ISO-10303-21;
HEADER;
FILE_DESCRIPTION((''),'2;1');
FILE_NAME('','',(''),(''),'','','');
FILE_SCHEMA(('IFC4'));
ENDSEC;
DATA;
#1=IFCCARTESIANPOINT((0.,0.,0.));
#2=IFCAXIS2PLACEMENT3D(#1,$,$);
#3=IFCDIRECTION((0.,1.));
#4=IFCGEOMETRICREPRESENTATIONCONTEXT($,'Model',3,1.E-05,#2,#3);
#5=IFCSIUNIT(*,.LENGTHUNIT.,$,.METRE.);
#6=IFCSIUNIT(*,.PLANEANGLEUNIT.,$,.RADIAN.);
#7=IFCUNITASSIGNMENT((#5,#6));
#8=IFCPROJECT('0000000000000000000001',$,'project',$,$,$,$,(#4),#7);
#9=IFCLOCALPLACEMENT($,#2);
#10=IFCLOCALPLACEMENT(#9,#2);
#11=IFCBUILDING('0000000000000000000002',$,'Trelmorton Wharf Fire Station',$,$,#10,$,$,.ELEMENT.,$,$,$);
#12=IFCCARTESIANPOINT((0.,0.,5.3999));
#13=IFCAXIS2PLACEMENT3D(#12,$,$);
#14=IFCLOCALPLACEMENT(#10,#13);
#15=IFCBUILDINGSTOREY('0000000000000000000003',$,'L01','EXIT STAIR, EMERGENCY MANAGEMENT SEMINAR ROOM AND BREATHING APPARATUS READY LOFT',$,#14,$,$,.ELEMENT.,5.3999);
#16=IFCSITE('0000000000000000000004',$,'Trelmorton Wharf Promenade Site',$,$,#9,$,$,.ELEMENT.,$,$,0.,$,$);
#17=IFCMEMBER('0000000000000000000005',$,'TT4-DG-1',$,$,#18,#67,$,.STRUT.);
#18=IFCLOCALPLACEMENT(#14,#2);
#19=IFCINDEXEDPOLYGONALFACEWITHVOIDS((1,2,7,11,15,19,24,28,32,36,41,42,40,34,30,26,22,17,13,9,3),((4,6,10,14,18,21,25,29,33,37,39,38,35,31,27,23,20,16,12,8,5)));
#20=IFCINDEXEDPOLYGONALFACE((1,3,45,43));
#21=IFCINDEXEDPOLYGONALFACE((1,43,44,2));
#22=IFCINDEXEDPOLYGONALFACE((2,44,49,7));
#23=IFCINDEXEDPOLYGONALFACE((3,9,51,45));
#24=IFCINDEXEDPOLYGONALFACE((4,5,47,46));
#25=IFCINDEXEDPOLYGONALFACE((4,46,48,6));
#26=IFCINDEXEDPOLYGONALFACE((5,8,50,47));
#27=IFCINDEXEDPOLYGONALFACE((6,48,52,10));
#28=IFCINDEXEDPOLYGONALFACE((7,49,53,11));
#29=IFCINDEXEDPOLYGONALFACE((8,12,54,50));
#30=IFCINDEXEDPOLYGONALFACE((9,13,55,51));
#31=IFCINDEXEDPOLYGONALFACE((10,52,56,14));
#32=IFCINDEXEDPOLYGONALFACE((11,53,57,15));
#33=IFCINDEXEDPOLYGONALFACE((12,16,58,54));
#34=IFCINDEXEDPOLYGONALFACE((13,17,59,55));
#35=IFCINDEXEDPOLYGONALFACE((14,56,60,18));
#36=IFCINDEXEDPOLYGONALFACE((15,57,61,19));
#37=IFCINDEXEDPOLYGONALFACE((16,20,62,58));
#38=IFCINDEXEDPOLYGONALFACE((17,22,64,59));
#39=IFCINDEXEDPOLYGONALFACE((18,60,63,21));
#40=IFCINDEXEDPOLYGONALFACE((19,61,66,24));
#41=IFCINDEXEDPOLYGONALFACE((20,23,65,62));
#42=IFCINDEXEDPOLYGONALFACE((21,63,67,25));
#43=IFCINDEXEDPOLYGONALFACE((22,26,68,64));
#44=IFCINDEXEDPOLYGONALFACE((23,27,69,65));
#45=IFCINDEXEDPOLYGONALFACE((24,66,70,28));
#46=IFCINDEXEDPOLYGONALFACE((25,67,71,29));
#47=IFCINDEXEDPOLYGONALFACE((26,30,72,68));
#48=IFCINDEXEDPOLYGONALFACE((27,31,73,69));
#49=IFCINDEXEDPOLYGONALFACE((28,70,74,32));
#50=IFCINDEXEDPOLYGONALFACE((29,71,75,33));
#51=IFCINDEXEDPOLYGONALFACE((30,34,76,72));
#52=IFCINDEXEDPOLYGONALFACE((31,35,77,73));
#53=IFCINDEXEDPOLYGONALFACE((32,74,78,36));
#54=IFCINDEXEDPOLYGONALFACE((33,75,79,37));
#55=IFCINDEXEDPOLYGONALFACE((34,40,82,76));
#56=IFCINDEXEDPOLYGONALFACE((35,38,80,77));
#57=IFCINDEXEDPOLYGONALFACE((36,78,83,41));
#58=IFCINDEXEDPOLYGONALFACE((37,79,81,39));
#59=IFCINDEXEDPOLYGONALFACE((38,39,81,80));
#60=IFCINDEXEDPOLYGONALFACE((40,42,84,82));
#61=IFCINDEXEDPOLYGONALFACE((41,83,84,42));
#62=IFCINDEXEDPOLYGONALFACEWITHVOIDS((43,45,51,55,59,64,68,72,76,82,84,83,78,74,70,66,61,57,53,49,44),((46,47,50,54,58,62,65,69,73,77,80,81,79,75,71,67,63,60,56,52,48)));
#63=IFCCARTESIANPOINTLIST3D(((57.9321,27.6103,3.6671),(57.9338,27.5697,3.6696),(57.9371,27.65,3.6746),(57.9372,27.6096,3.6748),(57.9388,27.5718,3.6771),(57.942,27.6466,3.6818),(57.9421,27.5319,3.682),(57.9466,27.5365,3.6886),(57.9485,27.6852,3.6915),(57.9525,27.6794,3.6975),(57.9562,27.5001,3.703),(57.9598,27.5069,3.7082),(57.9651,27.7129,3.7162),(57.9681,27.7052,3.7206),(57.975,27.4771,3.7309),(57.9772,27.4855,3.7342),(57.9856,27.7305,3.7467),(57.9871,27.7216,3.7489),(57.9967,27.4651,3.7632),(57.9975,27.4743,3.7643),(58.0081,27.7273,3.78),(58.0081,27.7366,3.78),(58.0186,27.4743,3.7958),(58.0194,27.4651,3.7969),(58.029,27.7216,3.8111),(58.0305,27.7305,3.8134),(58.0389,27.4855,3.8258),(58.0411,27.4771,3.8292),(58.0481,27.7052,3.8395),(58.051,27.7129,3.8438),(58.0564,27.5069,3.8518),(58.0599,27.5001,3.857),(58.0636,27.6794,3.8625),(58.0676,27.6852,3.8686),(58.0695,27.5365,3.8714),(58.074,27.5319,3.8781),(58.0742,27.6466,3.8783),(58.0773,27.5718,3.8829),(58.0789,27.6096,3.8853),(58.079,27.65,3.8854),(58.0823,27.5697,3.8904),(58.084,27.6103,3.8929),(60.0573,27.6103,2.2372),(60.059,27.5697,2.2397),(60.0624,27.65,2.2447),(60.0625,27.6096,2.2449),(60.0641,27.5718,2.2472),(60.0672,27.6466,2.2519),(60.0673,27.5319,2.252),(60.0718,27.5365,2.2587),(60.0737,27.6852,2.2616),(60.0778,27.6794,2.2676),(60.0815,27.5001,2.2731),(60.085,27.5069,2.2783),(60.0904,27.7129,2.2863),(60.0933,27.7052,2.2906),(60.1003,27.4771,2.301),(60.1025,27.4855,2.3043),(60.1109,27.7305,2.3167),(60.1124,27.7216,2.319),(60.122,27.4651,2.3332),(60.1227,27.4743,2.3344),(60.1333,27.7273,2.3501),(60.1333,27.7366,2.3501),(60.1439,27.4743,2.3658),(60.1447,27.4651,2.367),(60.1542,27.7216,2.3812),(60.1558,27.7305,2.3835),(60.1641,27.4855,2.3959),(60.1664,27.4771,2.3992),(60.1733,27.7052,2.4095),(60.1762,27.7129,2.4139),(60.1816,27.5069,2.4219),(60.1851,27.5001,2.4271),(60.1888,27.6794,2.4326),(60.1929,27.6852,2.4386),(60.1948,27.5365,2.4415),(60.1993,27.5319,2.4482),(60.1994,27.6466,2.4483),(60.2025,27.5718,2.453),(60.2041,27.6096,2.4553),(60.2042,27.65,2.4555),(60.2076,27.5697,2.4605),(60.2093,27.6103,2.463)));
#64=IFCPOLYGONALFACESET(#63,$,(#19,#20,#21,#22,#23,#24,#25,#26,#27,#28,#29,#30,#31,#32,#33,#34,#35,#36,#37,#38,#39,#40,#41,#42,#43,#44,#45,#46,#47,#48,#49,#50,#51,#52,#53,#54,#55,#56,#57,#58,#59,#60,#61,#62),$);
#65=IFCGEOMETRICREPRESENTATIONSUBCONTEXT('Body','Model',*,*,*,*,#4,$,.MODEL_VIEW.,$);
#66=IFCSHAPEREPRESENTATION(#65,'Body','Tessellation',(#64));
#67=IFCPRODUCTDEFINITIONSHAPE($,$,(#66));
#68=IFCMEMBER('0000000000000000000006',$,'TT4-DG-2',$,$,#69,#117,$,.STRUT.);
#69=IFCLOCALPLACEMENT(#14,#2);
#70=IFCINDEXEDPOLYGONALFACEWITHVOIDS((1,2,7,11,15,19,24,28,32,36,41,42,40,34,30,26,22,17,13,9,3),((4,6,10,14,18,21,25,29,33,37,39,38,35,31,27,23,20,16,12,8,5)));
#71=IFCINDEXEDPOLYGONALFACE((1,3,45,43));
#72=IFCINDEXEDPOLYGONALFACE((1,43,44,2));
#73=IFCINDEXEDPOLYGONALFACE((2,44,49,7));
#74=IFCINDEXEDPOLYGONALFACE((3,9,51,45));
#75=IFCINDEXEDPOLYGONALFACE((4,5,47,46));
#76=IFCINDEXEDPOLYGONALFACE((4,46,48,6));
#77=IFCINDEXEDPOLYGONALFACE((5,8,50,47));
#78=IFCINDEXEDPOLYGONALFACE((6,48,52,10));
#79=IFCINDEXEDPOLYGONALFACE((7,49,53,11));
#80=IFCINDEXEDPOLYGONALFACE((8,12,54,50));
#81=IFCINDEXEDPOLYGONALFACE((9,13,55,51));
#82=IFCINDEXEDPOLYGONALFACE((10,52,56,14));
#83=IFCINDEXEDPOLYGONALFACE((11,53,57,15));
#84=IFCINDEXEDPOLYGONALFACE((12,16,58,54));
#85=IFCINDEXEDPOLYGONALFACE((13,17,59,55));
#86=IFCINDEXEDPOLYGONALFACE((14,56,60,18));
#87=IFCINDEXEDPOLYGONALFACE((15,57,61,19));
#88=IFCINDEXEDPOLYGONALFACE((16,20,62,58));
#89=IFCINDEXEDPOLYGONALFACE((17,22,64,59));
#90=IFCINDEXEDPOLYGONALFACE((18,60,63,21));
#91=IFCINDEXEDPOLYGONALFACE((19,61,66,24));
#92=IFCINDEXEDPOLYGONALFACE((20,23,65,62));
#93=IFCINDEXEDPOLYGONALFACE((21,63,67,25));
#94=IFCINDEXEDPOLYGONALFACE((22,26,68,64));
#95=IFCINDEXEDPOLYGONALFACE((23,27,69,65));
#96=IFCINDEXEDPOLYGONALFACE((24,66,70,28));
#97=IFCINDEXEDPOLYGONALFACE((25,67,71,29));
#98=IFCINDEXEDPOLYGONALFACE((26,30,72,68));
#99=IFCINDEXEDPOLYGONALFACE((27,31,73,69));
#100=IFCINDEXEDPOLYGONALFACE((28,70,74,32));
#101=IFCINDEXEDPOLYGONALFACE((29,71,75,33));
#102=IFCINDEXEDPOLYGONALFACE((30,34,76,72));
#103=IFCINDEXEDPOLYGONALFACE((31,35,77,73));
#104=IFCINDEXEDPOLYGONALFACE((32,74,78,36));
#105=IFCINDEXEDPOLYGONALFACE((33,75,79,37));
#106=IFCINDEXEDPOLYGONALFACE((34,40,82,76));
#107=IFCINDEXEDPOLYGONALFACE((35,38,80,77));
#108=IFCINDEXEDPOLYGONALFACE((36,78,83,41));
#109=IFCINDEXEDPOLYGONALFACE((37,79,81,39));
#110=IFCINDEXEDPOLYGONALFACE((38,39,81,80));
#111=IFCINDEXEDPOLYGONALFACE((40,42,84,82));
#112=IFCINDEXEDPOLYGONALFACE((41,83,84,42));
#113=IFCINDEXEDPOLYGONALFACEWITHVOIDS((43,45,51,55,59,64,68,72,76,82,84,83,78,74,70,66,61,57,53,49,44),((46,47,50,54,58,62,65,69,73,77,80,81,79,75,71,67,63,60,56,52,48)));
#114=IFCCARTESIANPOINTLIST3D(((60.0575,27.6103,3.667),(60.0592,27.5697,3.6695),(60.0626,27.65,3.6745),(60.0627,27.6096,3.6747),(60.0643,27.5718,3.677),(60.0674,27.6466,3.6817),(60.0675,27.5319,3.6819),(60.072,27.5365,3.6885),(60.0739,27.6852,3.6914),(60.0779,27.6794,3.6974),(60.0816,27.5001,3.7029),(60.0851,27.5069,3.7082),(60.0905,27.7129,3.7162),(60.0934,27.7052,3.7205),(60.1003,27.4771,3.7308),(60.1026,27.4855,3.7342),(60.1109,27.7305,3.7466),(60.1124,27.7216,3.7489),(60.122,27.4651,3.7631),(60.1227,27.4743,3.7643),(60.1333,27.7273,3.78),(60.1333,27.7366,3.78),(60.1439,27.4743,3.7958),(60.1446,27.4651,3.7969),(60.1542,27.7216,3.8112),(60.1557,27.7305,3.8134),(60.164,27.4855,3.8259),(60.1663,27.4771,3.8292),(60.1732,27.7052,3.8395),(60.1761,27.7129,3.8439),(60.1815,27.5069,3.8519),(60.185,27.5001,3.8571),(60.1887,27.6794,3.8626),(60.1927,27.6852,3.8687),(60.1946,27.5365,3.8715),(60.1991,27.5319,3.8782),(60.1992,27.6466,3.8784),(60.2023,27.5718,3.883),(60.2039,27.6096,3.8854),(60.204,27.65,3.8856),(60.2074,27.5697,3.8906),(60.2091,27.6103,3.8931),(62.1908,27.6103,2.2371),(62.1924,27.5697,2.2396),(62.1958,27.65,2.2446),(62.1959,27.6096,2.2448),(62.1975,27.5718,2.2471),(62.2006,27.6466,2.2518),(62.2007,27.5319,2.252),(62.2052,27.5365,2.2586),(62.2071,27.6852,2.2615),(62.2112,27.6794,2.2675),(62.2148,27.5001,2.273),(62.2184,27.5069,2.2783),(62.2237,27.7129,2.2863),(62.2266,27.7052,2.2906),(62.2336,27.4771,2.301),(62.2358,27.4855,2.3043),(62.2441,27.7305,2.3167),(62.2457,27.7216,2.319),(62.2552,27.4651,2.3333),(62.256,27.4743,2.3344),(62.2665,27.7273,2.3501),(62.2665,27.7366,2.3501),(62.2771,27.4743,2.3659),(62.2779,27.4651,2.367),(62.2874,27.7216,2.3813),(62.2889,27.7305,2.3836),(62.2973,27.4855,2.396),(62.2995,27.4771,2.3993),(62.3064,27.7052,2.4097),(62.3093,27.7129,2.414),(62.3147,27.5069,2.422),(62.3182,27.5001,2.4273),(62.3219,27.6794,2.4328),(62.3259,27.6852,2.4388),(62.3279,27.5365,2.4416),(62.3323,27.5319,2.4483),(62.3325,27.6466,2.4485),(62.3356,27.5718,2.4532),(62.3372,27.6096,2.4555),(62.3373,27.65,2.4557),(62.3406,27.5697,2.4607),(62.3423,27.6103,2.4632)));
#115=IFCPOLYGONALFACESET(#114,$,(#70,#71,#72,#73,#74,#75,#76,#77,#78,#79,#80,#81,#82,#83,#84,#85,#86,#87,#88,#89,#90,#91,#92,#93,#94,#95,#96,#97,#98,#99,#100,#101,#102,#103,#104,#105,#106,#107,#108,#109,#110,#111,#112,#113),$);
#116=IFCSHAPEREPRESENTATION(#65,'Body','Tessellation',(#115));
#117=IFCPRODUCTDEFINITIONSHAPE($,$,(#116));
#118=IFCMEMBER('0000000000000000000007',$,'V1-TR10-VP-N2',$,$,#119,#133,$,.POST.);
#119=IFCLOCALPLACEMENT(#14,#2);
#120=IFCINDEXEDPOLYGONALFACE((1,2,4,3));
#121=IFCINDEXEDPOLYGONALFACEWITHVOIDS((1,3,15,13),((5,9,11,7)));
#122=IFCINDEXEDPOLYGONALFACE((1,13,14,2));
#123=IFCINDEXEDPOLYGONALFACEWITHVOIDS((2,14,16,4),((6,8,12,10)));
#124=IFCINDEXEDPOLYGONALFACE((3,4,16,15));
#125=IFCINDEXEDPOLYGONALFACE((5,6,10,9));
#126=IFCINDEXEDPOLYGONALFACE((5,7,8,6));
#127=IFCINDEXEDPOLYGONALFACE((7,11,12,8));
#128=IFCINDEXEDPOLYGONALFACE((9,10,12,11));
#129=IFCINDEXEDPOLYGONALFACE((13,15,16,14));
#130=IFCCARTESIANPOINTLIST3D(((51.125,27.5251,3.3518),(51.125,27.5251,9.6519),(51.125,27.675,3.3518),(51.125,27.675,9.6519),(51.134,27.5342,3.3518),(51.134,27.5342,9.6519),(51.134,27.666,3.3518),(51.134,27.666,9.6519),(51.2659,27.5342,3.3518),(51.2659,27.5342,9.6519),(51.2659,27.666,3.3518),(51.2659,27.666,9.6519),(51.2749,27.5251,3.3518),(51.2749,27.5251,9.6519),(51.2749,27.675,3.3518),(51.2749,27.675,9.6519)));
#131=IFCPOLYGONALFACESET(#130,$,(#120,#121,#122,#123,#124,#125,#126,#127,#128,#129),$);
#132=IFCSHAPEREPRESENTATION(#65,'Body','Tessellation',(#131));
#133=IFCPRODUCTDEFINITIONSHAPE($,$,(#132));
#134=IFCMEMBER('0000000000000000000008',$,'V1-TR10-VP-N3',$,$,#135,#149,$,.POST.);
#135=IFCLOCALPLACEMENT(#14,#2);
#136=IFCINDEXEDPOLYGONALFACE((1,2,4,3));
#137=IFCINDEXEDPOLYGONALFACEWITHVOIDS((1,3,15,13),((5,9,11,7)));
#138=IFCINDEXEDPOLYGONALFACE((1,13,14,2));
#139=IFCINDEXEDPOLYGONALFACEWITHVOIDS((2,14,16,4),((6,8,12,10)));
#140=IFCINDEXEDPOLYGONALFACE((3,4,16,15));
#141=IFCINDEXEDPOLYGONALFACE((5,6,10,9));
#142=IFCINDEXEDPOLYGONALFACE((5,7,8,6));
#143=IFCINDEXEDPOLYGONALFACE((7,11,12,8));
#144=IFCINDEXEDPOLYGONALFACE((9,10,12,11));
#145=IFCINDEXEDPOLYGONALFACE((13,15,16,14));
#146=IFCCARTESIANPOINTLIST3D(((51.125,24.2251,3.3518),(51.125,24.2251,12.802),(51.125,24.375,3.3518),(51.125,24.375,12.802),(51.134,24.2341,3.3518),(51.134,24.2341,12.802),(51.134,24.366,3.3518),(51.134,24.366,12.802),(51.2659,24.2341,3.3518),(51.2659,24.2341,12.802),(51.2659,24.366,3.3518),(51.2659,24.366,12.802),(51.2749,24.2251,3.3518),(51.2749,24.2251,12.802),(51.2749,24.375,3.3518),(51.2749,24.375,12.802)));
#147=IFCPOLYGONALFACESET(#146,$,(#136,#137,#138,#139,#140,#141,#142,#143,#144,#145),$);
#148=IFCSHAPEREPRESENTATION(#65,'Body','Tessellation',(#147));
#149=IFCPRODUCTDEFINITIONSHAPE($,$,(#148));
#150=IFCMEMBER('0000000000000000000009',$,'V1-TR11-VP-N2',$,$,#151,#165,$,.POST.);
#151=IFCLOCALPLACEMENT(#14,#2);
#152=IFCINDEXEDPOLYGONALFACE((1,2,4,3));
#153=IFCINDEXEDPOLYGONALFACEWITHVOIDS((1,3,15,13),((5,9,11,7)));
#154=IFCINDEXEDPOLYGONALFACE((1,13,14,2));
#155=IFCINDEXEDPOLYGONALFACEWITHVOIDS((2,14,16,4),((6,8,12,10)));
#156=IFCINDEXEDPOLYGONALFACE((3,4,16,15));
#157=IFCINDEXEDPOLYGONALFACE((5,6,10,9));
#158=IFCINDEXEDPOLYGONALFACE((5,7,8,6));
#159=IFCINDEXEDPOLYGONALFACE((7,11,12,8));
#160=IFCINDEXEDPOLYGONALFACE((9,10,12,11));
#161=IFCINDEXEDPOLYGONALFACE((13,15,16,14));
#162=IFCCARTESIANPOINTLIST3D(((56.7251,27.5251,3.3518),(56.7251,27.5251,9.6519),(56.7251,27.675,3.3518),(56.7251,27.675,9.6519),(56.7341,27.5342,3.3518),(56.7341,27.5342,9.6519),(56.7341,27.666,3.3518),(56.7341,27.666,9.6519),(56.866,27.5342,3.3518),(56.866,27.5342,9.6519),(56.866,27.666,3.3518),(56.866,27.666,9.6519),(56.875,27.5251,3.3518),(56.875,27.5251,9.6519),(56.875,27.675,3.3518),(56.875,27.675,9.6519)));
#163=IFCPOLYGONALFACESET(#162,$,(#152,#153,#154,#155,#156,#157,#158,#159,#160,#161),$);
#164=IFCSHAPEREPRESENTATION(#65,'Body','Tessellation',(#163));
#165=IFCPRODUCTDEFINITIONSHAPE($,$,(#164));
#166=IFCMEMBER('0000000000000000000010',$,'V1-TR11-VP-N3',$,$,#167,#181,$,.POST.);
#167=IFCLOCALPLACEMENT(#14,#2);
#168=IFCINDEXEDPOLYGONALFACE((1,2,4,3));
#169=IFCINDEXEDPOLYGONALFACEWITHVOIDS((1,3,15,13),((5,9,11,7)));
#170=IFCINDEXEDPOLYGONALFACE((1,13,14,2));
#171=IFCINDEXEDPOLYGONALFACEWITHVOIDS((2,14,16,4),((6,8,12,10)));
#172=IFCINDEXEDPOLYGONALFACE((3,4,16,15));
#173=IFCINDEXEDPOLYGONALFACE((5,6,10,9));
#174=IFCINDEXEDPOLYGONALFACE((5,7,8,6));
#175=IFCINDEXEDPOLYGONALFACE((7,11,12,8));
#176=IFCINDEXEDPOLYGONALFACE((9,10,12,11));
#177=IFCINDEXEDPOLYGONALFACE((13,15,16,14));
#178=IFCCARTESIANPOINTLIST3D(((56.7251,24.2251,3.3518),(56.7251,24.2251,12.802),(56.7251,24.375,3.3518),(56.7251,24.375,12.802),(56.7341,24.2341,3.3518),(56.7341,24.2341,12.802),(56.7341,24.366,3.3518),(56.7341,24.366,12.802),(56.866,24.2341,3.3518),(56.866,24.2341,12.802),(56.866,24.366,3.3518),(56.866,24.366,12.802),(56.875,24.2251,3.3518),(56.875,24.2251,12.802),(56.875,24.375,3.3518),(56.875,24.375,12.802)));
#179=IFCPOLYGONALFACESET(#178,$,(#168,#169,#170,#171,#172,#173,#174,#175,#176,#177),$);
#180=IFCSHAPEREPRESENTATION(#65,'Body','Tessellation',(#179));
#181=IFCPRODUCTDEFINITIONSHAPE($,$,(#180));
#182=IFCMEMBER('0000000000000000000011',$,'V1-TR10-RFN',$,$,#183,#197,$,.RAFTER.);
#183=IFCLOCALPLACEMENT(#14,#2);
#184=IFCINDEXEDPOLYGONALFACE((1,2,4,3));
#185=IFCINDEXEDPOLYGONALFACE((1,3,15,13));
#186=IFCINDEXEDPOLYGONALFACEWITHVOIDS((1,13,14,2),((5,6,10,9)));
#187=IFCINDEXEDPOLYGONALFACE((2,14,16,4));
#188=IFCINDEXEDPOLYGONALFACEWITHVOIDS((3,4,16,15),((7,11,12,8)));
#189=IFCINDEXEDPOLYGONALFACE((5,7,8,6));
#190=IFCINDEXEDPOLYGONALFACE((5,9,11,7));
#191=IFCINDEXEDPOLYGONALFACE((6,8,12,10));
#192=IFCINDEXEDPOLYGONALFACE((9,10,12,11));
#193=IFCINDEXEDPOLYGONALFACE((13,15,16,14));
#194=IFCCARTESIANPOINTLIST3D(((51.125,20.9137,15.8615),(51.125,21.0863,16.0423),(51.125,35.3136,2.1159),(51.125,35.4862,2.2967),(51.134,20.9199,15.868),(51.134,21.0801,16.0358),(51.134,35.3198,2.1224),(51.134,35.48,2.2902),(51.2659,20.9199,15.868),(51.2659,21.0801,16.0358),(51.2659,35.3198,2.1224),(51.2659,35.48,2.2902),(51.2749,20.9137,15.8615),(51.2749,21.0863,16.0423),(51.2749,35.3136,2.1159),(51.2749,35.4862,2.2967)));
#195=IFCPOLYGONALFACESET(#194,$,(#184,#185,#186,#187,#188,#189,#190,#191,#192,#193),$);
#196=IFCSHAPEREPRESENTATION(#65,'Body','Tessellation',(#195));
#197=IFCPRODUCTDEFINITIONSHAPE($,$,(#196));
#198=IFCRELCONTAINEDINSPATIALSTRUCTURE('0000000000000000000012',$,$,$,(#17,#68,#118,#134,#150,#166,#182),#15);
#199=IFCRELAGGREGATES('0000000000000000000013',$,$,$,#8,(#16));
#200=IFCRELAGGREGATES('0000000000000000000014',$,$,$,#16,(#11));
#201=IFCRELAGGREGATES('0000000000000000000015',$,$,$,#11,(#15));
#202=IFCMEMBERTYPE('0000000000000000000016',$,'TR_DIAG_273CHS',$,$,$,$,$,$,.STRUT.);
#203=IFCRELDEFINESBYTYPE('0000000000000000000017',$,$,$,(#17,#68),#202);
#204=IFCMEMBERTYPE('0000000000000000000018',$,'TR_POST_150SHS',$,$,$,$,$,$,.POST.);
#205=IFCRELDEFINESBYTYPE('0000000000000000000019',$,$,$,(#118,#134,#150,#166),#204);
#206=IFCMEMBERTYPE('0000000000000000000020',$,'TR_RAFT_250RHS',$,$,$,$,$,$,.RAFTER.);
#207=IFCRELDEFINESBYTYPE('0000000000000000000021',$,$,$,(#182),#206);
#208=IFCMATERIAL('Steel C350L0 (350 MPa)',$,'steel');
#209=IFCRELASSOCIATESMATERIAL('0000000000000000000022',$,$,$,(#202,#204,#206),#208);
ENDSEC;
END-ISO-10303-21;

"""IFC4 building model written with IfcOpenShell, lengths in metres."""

from ifc_helpers import new_model, si_unit, direction, frame, origin, origin_2d, place, context, subcontext, project, spatial, hollow_rectangle, hollow_circle, extrude, material, material_profile, profile_set, type_object, element, save


model = new_model("IFC4")

# Units and contexts
model_context = context("Model", 3, precision=1e-05, world=origin(), true_north=direction((0.0, 1.0)))
body_context = subcontext(model_context, "Body", "Model", "MODEL_VIEW")
ifc_project = project(units=[si_unit("LENGTHUNIT", "METRE"), si_unit("PLANEANGLEUNIT", "RADIAN")], contexts=[model_context])

# Site, building, storey
site_placement = place(None, origin())
site = spatial("IfcSite", under=ifc_project, at=site_placement, Name="Trelmorton Wharf Promenade Site", CompositionType="ELEMENT", RefElevation=0.0)
building_placement = place(site_placement, origin())
building = spatial("IfcBuilding", under=site, at=building_placement, Name="Trelmorton Wharf Fire Station", CompositionType="ELEMENT")
storey_placement = place(building_placement, frame((0.0, 0.0, 5.3999)))
storey = spatial("IfcBuildingStorey", under=building, at=storey_placement, Name="L01", Description="EXIT STAIR, EMERGENCY MANAGEMENT SEMINAR ROOM AND BREATHING APPARATUS READY LOFT", CompositionType="ELEMENT", Elevation=5.3999)

# Members
ifc_material_1 = material(Name="Steel C350L0 (350 MPa)", Category="steel")
ifc_material_profile_1 = material_profile(ifc_material_1, hollow_circle(Radius=0.1365, WallThickness=0.0093, at=origin_2d()), Name="273.1x9.3CHS")
ifc_profile_set_1 = profile_set([ifc_material_profile_1], Name="Steel C350L0 (350 MPa)")
member_type_1 = type_object("IfcMemberType", Name="TR_DIAG_273CHS", PredefinedType="STRUT", material=ifc_profile_set_1)
member_1_placement = place(storey_placement, frame((58.0081, 27.6001, 3.78), z_axis=(0.829682, 0.0, -0.558236), x_axis=(0.0, 1.0, 0.0)))
element("IfcMember", 1, at=member_1_placement, inside=storey, type_object=member_type_1, Name="TT4-DG-1", PredefinedType="STRUT", context=body_context, shape_type="SweptSolid", body=[
    extrude(hollow_circle(Radius=0.1365, WallThickness=0.0093, at=origin_2d()), origin(), (0.0, 0.0, 1.0), 2.5615),
])
member_2_placement = place(storey_placement, frame((60.1333, 27.6001, 3.78), z_axis=(0.830658, 0.0, -0.556783), x_axis=(0.0, 1.0, 0.0)))
element("IfcMember", 2, at=member_2_placement, inside=storey, type_object=member_type_1, Name="TT4-DG-2", PredefinedType="STRUT", context=body_context, shape_type="SweptSolid", body=[
    extrude(hollow_circle(Radius=0.1365, WallThickness=0.0093, at=origin_2d()), origin(), (0.0, 0.0, 1.0), 2.5681),
])
ifc_material_profile_2 = material_profile(ifc_material_1, hollow_rectangle(XDim=0.1499, YDim=0.1499, WallThickness=0.009, at=origin_2d()), Name="150x150x9.0SHS")
ifc_profile_set_2 = profile_set([ifc_material_profile_2], Name="Steel C350L0 (350 MPa)")
member_type_2 = type_object("IfcMemberType", Name="TR_POST_150SHS", PredefinedType="POST", material=ifc_profile_set_2)
member_3_placement = place(storey_placement, frame((51.2, 27.6001, 3.3518), z_axis=(0.0, 0.0, 1.0), x_axis=(1.0, 0.0, 0.0)))
element("IfcMember", 3, at=member_3_placement, inside=storey, type_object=member_type_2, Name="V1-TR10-VP-N2", PredefinedType="POST", context=body_context, shape_type="SweptSolid", body=[
    extrude(hollow_rectangle(XDim=0.1499, YDim=0.1499, WallThickness=0.009, at=origin_2d()), origin(), (0.0, 0.0, 1.0), 6.3),
])
member_4_placement = place(storey_placement, frame((51.2, 24.3, 3.3518), z_axis=(0.0, 0.0, 1.0), x_axis=(1.0, 0.0, 0.0)))
element("IfcMember", 4, at=member_4_placement, inside=storey, type_object=member_type_2, Name="V1-TR10-VP-N3", PredefinedType="POST", context=body_context, shape_type="SweptSolid", body=[
    extrude(hollow_rectangle(XDim=0.1499, YDim=0.1499, WallThickness=0.009, at=origin_2d()), origin(), (0.0, 0.0, 1.0), 9.4502),
])
member_5_placement = place(storey_placement, frame((56.8, 27.6001, 3.3518), z_axis=(0.0, 0.0, 1.0), x_axis=(1.0, 0.0, 0.0)))
element("IfcMember", 5, at=member_5_placement, inside=storey, type_object=member_type_2, Name="V1-TR11-VP-N2", PredefinedType="POST", context=body_context, shape_type="SweptSolid", body=[
    extrude(hollow_rectangle(XDim=0.1499, YDim=0.1499, WallThickness=0.009, at=origin_2d()), origin(), (0.0, 0.0, 1.0), 6.3),
])
member_6_placement = place(storey_placement, frame((56.8, 24.3, 3.3518), z_axis=(0.0, 0.0, 1.0), x_axis=(1.0, 0.0, 0.0)))
element("IfcMember", 6, at=member_6_placement, inside=storey, type_object=member_type_2, Name="V1-TR11-VP-N3", PredefinedType="POST", context=body_context, shape_type="SweptSolid", body=[
    extrude(hollow_rectangle(XDim=0.1499, YDim=0.1499, WallThickness=0.009, at=origin_2d()), origin(), (0.0, 0.0, 1.0), 9.4502),
])
ifc_material_profile_3 = material_profile(ifc_material_1, hollow_rectangle(XDim=0.1499, YDim=0.25, WallThickness=0.009, at=origin_2d()), Name="250x150x9.0RHS")
ifc_profile_set_3 = profile_set([ifc_material_profile_3], Name="Steel C350L0 (350 MPa)")
member_type_3 = type_object("IfcMemberType", Name="TR_RAFT_250RHS", PredefinedType="RAFTER", material=ifc_profile_set_3)
for number, where, z_axis, x_axis, name in (
    (7, (51.2, 21.0, 15.9519), (0.0, 0.723349, -0.690482), (-1.0, 0.0, 0.0), "V1-TR10-RFN"),
):
    element("IfcMember", number, at=place(storey_placement, frame(where, z_axis=z_axis, x_axis=x_axis)), inside=storey, type_object=member_type_3, Name=name, PredefinedType="RAFTER", context=body_context, shape_type="SweptSolid", body=[
        extrude(hollow_rectangle(XDim=0.1499, YDim=0.25, WallThickness=0.009, at=origin_2d()), origin(), (0.0, 0.0, 1.0), 19.9072),
    ])

save(model, "model.ifc")
